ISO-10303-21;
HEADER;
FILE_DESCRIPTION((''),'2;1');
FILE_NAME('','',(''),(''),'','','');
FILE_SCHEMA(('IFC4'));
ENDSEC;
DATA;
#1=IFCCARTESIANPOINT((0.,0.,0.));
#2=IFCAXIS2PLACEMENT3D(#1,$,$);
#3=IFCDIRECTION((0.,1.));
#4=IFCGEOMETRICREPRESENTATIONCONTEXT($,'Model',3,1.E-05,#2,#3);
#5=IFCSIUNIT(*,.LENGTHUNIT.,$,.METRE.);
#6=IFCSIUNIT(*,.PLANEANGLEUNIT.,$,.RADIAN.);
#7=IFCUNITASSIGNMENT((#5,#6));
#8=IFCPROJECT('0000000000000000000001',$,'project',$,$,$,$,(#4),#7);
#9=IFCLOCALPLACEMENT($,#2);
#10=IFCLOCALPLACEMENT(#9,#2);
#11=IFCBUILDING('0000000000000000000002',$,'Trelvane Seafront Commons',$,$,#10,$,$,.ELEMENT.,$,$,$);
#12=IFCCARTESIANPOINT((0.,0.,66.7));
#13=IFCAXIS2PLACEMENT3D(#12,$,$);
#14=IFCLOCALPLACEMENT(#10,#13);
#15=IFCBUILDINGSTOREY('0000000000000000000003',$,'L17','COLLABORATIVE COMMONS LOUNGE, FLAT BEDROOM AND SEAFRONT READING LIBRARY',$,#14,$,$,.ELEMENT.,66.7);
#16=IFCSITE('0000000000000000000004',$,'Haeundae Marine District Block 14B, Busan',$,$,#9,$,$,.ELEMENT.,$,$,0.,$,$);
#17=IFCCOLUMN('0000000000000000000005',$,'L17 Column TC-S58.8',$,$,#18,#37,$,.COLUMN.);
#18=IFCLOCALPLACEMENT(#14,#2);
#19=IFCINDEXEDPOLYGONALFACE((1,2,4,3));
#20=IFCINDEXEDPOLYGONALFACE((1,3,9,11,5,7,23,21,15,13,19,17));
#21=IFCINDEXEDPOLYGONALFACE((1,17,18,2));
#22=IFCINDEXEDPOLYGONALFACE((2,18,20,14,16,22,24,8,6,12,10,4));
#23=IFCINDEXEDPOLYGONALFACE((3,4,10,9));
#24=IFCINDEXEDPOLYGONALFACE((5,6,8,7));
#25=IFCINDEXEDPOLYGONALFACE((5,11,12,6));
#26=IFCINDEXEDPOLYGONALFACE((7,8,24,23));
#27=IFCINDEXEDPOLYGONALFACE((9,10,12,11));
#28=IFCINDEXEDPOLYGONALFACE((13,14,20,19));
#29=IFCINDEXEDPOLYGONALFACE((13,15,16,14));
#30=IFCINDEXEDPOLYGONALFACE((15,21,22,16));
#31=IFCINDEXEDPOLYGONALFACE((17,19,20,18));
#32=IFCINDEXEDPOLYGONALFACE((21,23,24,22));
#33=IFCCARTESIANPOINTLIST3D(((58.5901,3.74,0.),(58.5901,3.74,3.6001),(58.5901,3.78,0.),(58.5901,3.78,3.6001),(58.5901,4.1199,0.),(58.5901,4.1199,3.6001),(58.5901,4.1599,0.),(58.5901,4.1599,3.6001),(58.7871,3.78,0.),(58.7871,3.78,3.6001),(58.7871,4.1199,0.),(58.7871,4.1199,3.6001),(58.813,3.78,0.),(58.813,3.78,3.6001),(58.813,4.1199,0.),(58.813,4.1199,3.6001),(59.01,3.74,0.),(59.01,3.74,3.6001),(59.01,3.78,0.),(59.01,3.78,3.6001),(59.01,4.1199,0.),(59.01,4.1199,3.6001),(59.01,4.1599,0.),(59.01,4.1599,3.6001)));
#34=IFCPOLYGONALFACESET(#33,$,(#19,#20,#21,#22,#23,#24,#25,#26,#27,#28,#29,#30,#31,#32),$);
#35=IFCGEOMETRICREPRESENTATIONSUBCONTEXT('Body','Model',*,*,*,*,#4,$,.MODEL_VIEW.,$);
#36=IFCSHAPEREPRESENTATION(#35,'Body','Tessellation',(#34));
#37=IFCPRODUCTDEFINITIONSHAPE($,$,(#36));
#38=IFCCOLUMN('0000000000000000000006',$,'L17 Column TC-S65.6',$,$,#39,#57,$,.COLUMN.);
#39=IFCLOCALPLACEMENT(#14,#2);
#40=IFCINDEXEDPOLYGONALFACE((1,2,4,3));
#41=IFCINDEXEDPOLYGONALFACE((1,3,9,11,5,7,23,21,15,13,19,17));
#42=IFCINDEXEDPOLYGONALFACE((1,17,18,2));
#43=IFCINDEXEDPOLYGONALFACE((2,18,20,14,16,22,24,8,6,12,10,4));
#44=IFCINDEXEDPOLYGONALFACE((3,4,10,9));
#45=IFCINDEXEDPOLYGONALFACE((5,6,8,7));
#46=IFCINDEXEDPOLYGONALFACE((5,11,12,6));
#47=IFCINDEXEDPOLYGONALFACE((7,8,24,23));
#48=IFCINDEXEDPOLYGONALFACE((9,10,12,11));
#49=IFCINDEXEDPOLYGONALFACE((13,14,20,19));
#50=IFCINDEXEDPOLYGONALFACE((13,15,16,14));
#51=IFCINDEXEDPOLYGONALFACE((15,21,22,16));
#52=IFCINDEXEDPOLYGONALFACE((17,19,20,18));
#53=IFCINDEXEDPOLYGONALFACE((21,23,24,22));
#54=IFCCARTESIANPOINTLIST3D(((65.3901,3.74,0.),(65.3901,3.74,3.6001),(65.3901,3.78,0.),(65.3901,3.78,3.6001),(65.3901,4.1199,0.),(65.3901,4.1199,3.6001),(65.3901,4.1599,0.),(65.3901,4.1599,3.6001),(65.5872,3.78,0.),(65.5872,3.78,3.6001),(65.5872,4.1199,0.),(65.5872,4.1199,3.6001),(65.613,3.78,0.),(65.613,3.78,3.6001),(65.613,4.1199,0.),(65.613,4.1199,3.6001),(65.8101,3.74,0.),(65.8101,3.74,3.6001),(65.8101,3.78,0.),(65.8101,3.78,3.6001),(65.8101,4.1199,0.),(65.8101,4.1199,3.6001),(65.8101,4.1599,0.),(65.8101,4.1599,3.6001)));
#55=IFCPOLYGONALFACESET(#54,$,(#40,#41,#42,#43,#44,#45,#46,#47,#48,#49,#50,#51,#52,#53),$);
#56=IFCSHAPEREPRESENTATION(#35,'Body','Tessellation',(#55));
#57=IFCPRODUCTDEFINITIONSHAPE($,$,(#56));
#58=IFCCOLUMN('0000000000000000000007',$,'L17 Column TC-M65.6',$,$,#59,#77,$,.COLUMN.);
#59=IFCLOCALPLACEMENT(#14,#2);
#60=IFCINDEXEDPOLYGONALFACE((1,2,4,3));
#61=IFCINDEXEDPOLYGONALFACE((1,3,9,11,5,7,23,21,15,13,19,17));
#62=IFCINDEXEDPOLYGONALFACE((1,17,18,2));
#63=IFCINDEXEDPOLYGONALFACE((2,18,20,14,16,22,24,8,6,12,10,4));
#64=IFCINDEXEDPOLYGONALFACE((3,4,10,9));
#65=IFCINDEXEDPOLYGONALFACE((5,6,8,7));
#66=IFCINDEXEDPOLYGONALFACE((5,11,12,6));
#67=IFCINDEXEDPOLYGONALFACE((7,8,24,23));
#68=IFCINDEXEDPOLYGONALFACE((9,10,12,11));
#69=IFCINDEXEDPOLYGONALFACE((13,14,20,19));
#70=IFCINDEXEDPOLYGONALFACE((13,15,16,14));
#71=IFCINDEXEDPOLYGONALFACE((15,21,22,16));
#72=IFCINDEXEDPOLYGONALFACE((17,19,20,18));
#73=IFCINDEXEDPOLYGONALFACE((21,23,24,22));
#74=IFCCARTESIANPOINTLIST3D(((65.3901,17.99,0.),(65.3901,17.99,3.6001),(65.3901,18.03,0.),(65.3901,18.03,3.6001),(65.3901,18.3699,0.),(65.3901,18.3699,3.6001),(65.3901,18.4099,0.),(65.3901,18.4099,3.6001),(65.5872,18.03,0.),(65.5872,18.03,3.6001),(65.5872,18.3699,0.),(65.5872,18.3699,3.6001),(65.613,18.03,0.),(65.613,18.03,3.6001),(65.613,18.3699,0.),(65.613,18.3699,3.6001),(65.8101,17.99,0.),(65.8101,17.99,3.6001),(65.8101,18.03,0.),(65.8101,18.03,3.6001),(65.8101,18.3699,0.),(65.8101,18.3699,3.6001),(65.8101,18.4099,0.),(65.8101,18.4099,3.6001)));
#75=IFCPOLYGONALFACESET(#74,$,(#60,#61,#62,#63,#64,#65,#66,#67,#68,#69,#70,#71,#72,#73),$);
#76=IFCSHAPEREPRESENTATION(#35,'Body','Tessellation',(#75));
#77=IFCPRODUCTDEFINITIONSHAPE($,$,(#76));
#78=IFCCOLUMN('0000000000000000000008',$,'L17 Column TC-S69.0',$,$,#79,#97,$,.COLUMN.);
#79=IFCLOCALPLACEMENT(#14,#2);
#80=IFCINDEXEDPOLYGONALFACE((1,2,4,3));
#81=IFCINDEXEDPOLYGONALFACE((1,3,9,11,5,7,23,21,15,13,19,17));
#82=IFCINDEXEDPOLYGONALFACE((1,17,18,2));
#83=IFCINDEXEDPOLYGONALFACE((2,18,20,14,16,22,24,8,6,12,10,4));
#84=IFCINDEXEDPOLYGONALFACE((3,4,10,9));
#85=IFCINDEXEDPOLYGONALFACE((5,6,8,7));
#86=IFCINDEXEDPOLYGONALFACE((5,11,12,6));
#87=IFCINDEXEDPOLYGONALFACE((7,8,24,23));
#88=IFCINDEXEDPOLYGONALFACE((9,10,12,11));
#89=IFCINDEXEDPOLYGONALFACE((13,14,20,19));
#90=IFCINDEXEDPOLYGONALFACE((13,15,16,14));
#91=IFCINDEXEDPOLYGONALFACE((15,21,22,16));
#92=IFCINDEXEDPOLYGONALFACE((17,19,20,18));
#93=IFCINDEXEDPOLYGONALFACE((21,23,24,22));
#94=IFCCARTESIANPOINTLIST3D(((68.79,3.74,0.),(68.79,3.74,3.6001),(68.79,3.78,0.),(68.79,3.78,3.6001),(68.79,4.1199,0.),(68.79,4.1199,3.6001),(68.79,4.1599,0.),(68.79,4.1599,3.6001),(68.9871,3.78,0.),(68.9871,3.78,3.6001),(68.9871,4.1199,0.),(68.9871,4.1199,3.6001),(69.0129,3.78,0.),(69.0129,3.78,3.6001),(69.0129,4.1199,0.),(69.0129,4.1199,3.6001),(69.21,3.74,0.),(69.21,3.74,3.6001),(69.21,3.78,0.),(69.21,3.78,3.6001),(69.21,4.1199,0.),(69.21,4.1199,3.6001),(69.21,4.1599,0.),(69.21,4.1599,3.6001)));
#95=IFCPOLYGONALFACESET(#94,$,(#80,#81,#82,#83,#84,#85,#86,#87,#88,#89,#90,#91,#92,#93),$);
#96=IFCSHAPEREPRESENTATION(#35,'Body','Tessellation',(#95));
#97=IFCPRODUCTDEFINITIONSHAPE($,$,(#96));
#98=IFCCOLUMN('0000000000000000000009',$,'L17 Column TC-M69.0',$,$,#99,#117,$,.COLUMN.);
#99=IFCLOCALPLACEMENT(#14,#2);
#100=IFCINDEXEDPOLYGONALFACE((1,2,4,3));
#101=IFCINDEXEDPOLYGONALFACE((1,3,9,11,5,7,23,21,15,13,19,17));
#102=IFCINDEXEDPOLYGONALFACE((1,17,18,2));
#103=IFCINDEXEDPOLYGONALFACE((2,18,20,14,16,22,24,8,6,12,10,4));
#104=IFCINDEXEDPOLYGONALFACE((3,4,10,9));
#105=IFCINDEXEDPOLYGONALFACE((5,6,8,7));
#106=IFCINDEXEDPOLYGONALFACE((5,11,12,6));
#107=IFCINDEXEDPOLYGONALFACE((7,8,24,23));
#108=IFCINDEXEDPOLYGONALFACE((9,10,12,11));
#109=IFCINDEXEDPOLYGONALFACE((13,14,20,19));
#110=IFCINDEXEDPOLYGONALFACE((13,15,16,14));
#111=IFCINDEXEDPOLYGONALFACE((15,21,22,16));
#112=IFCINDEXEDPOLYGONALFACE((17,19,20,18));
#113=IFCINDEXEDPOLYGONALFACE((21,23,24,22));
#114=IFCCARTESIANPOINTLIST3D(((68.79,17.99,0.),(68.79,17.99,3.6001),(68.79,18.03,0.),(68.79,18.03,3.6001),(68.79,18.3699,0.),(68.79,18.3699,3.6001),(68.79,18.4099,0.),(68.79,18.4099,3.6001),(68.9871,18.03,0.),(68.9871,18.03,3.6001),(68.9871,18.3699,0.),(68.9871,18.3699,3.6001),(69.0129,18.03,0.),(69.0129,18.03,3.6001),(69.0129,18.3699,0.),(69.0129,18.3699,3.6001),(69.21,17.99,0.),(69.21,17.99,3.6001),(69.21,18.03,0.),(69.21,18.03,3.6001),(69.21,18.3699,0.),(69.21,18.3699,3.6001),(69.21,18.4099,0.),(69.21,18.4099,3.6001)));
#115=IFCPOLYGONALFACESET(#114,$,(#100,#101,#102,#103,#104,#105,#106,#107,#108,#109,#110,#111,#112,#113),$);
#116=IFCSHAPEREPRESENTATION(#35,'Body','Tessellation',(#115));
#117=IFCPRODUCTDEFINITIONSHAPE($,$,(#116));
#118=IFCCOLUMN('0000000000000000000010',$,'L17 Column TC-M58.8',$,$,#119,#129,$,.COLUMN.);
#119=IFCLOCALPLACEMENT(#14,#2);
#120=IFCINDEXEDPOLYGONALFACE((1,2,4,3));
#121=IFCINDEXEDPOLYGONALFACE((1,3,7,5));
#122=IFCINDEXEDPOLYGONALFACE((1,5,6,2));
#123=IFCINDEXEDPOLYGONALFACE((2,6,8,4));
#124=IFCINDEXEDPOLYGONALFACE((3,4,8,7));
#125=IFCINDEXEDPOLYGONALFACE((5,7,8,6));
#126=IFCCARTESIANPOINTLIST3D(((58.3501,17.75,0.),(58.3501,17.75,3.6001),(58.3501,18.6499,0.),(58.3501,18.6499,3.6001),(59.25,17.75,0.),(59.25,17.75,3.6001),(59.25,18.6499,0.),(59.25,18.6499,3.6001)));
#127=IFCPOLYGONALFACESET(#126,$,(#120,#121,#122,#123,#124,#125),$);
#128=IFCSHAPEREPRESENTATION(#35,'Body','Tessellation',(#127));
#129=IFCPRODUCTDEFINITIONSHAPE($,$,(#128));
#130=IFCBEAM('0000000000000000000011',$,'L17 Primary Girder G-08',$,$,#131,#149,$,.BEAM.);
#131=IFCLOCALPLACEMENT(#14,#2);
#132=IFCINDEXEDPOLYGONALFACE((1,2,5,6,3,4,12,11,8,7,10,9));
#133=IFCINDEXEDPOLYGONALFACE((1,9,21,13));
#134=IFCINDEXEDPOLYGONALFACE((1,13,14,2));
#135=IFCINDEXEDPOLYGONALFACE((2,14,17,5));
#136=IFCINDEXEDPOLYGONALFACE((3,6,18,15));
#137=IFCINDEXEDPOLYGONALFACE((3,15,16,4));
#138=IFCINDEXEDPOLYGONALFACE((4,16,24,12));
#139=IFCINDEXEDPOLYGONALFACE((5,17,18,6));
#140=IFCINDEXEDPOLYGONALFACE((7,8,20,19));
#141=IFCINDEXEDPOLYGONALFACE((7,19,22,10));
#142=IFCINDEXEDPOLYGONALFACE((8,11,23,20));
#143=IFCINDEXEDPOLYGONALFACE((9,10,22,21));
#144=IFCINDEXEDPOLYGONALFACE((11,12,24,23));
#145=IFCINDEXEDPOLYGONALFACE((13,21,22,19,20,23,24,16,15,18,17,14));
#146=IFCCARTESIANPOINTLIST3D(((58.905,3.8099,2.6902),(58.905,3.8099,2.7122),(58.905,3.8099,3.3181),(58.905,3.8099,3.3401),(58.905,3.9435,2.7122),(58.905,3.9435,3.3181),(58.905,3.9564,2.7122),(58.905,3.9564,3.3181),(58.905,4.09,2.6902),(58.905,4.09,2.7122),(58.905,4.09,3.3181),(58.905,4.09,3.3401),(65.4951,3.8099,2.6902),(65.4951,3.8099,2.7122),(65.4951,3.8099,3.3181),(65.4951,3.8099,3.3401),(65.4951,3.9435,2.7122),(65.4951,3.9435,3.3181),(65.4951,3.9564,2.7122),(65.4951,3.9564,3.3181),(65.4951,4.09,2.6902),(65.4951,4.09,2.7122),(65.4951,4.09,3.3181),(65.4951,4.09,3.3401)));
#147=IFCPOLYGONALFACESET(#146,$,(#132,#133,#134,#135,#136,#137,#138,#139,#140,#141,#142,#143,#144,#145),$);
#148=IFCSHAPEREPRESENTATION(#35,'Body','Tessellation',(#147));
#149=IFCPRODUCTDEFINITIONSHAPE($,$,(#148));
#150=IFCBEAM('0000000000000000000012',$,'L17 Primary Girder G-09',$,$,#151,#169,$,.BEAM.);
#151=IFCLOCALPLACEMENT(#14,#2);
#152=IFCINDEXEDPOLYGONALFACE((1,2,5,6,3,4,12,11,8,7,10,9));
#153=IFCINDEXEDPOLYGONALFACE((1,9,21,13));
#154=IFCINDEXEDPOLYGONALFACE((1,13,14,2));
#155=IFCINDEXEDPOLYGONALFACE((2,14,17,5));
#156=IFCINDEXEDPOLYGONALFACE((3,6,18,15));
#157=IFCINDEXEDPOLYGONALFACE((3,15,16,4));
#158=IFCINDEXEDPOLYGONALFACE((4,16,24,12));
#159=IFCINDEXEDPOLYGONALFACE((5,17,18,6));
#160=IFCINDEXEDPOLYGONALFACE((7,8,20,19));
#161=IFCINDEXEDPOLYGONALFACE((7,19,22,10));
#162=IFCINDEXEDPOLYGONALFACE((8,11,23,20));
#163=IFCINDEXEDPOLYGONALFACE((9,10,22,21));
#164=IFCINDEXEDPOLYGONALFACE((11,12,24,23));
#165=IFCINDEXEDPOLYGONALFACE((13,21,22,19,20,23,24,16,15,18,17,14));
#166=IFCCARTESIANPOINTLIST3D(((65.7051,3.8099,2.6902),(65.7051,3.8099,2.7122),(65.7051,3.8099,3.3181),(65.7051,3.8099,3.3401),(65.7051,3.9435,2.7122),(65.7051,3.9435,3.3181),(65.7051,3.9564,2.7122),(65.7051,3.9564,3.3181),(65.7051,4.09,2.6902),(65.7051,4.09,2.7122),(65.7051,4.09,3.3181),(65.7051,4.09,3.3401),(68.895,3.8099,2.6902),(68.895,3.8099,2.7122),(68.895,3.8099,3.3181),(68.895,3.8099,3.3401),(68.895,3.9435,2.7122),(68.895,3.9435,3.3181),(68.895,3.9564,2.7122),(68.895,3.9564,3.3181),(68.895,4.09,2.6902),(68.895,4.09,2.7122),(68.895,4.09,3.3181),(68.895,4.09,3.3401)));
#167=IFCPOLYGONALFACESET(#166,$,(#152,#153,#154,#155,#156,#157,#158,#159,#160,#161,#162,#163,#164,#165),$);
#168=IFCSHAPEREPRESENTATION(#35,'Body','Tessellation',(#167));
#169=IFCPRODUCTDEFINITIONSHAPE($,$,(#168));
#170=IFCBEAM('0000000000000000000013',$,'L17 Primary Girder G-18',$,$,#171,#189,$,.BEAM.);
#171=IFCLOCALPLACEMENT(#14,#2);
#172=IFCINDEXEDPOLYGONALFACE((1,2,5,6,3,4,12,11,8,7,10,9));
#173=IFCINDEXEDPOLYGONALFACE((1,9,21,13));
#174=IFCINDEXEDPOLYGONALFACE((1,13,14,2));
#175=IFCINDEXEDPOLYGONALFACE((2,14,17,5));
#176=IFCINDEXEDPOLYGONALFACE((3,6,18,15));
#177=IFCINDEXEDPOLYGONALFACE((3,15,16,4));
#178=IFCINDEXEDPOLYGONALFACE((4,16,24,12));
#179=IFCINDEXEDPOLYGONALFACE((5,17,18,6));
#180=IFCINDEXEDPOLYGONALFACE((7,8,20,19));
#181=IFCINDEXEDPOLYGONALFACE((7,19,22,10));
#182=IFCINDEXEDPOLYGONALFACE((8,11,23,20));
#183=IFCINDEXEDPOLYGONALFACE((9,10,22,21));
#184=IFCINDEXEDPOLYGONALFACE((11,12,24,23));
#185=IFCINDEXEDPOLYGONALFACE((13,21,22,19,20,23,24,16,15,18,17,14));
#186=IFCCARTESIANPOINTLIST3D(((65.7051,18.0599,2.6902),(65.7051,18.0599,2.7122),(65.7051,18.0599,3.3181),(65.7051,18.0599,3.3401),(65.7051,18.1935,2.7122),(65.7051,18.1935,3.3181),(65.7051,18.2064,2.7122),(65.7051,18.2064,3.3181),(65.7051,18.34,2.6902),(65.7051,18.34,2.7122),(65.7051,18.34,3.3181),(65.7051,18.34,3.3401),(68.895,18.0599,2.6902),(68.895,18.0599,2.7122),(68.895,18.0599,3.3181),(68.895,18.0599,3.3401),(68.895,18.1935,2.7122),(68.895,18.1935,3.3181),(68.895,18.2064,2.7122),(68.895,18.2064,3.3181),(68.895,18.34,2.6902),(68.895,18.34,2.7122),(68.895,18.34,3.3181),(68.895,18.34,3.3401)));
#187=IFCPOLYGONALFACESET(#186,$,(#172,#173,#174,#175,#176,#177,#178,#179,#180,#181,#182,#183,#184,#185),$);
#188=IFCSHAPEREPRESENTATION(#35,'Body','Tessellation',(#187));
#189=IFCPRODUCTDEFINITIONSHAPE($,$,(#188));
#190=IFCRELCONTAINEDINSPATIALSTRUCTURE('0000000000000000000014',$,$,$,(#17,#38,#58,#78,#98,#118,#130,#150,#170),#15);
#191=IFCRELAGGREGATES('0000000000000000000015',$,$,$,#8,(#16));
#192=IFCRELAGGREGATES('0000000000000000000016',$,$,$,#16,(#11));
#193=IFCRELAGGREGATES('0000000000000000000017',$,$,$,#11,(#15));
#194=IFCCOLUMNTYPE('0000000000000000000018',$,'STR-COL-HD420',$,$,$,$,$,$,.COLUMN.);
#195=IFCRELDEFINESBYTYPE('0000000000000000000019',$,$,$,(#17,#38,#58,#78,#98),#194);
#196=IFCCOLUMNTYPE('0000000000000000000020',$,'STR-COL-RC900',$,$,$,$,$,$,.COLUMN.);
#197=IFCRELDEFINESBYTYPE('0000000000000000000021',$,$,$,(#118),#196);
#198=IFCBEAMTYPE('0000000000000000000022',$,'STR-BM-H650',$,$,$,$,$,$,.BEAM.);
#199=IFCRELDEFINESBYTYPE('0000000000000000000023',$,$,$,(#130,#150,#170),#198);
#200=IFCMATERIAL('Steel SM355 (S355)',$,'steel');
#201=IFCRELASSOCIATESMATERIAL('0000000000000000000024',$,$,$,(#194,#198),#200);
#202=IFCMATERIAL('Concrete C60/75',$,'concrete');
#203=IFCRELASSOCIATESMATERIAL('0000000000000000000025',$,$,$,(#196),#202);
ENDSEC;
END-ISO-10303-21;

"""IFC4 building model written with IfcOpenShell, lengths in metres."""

from ifc_helpers import new_model, si_unit, direction, frame, origin, origin_2d, place, context, subcontext, project, spatial, rectangle, i_section, extrude, source, transform, mapped, material, material_profile, profile_set, type_object, element, save


model = new_model("IFC4")

# Units and contexts
model_context = context("Model", 3, precision=1e-05, world=origin(), true_north=direction((0.0, 1.0)))
body_context = subcontext(model_context, "Body", "Model", "MODEL_VIEW")
ifc_project = project(units=[si_unit("LENGTHUNIT", "METRE"), si_unit("PLANEANGLEUNIT", "RADIAN")], contexts=[model_context])

# Site, building, storey
site_placement = place(None, origin())
site = spatial("IfcSite", under=ifc_project, at=site_placement, Name="Haeundae Marine District Block 14B, Busan", CompositionType="ELEMENT", RefElevation=0.0)
building_placement = place(site_placement, origin())
building = spatial("IfcBuilding", under=site, at=building_placement, Name="Trelvane Seafront Commons", CompositionType="ELEMENT")
storey_placement = place(building_placement, frame((0.0, 0.0, 66.7)))
storey = spatial("IfcBuildingStorey", under=building, at=storey_placement, Name="L17", Description="COLLABORATIVE COMMONS LOUNGE, FLAT BEDROOM AND SEAFRONT READING LIBRARY", CompositionType="ELEMENT", Elevation=66.7)

# Columns
ifc_material_1 = material(Name="Steel SM355 (S355)", Category="steel")
ifc_material_profile_1 = material_profile(ifc_material_1, i_section(OverallWidth=0.4199, OverallDepth=0.4199, WebThickness=0.0259, FlangeThickness=0.04, at=origin_2d()), Name="HD-420x420x26x40")
ifc_profile_set_1 = profile_set([ifc_material_profile_1], Name="Steel SM355 (S355)")
column_type_1 = type_object("IfcColumnType", Name="STR-COL-HD420", PredefinedType="COLUMN", material=ifc_profile_set_1)
shared_shape_1 = source(origin(), body_context, "Body", "SweptSolid", [
    extrude(i_section(OverallWidth=0.4199, OverallDepth=0.4199, WebThickness=0.0259, FlangeThickness=0.04, at=origin_2d()), origin(), (0.0, 0.0, 1.0), 3.6001),
])
for number, where, z_axis, x_axis, name in (
    (1, (58.8, 3.95, 0.0), (0.0, 0.0, 1.0), (1.0, 0.0, 0.0), "L17 Column TC-S58.8"),
    (2, (65.6001, 3.95, 0.0), (0.0, 0.0, 1.0), (1.0, 0.0, 0.0), "L17 Column TC-S65.6"),
    (3, (65.6001, 18.2, 0.0), (0.0, 0.0, 1.0), (1.0, 0.0, 0.0), "L17 Column TC-M65.6"),
    (4, (69.0, 3.95, 0.0), (0.0, 0.0, 1.0), (1.0, 0.0, 0.0), "L17 Column TC-S69.0"),
    (5, (69.0, 18.2, 0.0), (0.0, 0.0, 1.0), (1.0, 0.0, 0.0), "L17 Column TC-M69.0"),
):
    element("IfcColumn", number, at=place(storey_placement, frame(where, z_axis=z_axis, x_axis=x_axis)), inside=storey, type_object=column_type_1, Name=name, PredefinedType="COLUMN", context=body_context, shape_type="MappedRepresentation", body=[
        mapped(shared_shape_1, transform((0.0, 0.0, 0.0), x_axis=(1.0, 0.0, 0.0), y_axis=(0.0, 1.0, 0.0), z_axis=(0.0, 0.0, 1.0), scale=1.0)),
    ])
ifc_material_2 = material(Name="Concrete C60/75", Category="concrete")
ifc_material_profile_2 = material_profile(ifc_material_2, rectangle(XDim=0.8999, YDim=0.8999, at=origin_2d()), Name="RC-900x900")
ifc_profile_set_2 = profile_set([ifc_material_profile_2], Name="Concrete C60/75")
column_type_2 = type_object("IfcColumnType", Name="STR-COL-RC900", PredefinedType="COLUMN", material=ifc_profile_set_2)
shared_shape_2 = source(origin(), body_context, "Body", "SweptSolid", [
    extrude(rectangle(XDim=0.8999, YDim=0.8999, at=origin_2d()), origin(), (0.0, 0.0, 1.0), 3.6001),
])
column_placement = place(storey_placement, frame((58.8, 18.2, 0.0), z_axis=(0.0, 0.0, 1.0), x_axis=(1.0, 0.0, 0.0)))
element("IfcColumn", 6, at=column_placement, inside=storey, type_object=column_type_2, Name="L17 Column TC-M58.8", PredefinedType="COLUMN", context=body_context, shape_type="MappedRepresentation", body=[
    mapped(shared_shape_2, transform((0.0, 0.0, 0.0), x_axis=(1.0, 0.0, 0.0), y_axis=(0.0, 1.0, 0.0), z_axis=(0.0, 0.0, 1.0), scale=1.0)),
])

# Beams
ifc_material_profile_3 = material_profile(ifc_material_1, i_section(OverallWidth=0.28, OverallDepth=0.6499, WebThickness=0.0129, FlangeThickness=0.022, at=origin_2d()), Name="H-650x280x13x22")
ifc_profile_set_3 = profile_set([ifc_material_profile_3], Name="Steel SM355 (S355)")
beam_type_1 = type_object("IfcBeamType", Name="STR-BM-H650", PredefinedType="BEAM", material=ifc_profile_set_3)
shared_shape_3 = source(origin(), body_context, "Body", "SweptSolid", [
    extrude(i_section(OverallWidth=0.28, OverallDepth=0.6499, WebThickness=0.0129, FlangeThickness=0.022, at=origin_2d()), origin(), (0.0, 0.0, 1.0), 6.5901),
])
beam_1_placement = place(storey_placement, frame((58.905, 3.95, 3.0151), z_axis=(1.0, 0.0, 0.0), x_axis=(0.0, 1.0, 0.0)))
element("IfcBeam", 7, at=beam_1_placement, inside=storey, type_object=beam_type_1, Name="L17 Primary Girder G-08", PredefinedType="BEAM", context=body_context, shape_type="MappedRepresentation", body=[
    mapped(shared_shape_3, transform((0.0, 0.0, 0.0), x_axis=(1.0, 0.0, 0.0), y_axis=(0.0, 1.0, 0.0), z_axis=(0.0, 0.0, 1.0), scale=1.0)),
])
shared_shape_4 = source(origin(), body_context, "Body", "SweptSolid", [
    extrude(i_section(OverallWidth=0.28, OverallDepth=0.6499, WebThickness=0.0129, FlangeThickness=0.022, at=origin_2d()), origin(), (0.0, 0.0, 1.0), 3.1899),
])
for number, where, z_axis, x_axis, name in (
    (8, (65.7051, 3.95, 3.0151), (1.0, 0.0, 0.0), (0.0, 1.0, 0.0), "L17 Primary Girder G-09"),
    (9, (65.7051, 18.2, 3.0151), (1.0, 0.0, 0.0), (0.0, 1.0, 0.0), "L17 Primary Girder G-18"),
):
    element("IfcBeam", number, at=place(storey_placement, frame(where, z_axis=z_axis, x_axis=x_axis)), inside=storey, type_object=beam_type_1, Name=name, PredefinedType="BEAM", context=body_context, shape_type="MappedRepresentation", body=[
        mapped(shared_shape_4, transform((0.0, 0.0, 0.0), x_axis=(1.0, 0.0, 0.0), y_axis=(0.0, 1.0, 0.0), z_axis=(0.0, 0.0, 1.0), scale=1.0)),
    ])

save(model, "model.ifc")
